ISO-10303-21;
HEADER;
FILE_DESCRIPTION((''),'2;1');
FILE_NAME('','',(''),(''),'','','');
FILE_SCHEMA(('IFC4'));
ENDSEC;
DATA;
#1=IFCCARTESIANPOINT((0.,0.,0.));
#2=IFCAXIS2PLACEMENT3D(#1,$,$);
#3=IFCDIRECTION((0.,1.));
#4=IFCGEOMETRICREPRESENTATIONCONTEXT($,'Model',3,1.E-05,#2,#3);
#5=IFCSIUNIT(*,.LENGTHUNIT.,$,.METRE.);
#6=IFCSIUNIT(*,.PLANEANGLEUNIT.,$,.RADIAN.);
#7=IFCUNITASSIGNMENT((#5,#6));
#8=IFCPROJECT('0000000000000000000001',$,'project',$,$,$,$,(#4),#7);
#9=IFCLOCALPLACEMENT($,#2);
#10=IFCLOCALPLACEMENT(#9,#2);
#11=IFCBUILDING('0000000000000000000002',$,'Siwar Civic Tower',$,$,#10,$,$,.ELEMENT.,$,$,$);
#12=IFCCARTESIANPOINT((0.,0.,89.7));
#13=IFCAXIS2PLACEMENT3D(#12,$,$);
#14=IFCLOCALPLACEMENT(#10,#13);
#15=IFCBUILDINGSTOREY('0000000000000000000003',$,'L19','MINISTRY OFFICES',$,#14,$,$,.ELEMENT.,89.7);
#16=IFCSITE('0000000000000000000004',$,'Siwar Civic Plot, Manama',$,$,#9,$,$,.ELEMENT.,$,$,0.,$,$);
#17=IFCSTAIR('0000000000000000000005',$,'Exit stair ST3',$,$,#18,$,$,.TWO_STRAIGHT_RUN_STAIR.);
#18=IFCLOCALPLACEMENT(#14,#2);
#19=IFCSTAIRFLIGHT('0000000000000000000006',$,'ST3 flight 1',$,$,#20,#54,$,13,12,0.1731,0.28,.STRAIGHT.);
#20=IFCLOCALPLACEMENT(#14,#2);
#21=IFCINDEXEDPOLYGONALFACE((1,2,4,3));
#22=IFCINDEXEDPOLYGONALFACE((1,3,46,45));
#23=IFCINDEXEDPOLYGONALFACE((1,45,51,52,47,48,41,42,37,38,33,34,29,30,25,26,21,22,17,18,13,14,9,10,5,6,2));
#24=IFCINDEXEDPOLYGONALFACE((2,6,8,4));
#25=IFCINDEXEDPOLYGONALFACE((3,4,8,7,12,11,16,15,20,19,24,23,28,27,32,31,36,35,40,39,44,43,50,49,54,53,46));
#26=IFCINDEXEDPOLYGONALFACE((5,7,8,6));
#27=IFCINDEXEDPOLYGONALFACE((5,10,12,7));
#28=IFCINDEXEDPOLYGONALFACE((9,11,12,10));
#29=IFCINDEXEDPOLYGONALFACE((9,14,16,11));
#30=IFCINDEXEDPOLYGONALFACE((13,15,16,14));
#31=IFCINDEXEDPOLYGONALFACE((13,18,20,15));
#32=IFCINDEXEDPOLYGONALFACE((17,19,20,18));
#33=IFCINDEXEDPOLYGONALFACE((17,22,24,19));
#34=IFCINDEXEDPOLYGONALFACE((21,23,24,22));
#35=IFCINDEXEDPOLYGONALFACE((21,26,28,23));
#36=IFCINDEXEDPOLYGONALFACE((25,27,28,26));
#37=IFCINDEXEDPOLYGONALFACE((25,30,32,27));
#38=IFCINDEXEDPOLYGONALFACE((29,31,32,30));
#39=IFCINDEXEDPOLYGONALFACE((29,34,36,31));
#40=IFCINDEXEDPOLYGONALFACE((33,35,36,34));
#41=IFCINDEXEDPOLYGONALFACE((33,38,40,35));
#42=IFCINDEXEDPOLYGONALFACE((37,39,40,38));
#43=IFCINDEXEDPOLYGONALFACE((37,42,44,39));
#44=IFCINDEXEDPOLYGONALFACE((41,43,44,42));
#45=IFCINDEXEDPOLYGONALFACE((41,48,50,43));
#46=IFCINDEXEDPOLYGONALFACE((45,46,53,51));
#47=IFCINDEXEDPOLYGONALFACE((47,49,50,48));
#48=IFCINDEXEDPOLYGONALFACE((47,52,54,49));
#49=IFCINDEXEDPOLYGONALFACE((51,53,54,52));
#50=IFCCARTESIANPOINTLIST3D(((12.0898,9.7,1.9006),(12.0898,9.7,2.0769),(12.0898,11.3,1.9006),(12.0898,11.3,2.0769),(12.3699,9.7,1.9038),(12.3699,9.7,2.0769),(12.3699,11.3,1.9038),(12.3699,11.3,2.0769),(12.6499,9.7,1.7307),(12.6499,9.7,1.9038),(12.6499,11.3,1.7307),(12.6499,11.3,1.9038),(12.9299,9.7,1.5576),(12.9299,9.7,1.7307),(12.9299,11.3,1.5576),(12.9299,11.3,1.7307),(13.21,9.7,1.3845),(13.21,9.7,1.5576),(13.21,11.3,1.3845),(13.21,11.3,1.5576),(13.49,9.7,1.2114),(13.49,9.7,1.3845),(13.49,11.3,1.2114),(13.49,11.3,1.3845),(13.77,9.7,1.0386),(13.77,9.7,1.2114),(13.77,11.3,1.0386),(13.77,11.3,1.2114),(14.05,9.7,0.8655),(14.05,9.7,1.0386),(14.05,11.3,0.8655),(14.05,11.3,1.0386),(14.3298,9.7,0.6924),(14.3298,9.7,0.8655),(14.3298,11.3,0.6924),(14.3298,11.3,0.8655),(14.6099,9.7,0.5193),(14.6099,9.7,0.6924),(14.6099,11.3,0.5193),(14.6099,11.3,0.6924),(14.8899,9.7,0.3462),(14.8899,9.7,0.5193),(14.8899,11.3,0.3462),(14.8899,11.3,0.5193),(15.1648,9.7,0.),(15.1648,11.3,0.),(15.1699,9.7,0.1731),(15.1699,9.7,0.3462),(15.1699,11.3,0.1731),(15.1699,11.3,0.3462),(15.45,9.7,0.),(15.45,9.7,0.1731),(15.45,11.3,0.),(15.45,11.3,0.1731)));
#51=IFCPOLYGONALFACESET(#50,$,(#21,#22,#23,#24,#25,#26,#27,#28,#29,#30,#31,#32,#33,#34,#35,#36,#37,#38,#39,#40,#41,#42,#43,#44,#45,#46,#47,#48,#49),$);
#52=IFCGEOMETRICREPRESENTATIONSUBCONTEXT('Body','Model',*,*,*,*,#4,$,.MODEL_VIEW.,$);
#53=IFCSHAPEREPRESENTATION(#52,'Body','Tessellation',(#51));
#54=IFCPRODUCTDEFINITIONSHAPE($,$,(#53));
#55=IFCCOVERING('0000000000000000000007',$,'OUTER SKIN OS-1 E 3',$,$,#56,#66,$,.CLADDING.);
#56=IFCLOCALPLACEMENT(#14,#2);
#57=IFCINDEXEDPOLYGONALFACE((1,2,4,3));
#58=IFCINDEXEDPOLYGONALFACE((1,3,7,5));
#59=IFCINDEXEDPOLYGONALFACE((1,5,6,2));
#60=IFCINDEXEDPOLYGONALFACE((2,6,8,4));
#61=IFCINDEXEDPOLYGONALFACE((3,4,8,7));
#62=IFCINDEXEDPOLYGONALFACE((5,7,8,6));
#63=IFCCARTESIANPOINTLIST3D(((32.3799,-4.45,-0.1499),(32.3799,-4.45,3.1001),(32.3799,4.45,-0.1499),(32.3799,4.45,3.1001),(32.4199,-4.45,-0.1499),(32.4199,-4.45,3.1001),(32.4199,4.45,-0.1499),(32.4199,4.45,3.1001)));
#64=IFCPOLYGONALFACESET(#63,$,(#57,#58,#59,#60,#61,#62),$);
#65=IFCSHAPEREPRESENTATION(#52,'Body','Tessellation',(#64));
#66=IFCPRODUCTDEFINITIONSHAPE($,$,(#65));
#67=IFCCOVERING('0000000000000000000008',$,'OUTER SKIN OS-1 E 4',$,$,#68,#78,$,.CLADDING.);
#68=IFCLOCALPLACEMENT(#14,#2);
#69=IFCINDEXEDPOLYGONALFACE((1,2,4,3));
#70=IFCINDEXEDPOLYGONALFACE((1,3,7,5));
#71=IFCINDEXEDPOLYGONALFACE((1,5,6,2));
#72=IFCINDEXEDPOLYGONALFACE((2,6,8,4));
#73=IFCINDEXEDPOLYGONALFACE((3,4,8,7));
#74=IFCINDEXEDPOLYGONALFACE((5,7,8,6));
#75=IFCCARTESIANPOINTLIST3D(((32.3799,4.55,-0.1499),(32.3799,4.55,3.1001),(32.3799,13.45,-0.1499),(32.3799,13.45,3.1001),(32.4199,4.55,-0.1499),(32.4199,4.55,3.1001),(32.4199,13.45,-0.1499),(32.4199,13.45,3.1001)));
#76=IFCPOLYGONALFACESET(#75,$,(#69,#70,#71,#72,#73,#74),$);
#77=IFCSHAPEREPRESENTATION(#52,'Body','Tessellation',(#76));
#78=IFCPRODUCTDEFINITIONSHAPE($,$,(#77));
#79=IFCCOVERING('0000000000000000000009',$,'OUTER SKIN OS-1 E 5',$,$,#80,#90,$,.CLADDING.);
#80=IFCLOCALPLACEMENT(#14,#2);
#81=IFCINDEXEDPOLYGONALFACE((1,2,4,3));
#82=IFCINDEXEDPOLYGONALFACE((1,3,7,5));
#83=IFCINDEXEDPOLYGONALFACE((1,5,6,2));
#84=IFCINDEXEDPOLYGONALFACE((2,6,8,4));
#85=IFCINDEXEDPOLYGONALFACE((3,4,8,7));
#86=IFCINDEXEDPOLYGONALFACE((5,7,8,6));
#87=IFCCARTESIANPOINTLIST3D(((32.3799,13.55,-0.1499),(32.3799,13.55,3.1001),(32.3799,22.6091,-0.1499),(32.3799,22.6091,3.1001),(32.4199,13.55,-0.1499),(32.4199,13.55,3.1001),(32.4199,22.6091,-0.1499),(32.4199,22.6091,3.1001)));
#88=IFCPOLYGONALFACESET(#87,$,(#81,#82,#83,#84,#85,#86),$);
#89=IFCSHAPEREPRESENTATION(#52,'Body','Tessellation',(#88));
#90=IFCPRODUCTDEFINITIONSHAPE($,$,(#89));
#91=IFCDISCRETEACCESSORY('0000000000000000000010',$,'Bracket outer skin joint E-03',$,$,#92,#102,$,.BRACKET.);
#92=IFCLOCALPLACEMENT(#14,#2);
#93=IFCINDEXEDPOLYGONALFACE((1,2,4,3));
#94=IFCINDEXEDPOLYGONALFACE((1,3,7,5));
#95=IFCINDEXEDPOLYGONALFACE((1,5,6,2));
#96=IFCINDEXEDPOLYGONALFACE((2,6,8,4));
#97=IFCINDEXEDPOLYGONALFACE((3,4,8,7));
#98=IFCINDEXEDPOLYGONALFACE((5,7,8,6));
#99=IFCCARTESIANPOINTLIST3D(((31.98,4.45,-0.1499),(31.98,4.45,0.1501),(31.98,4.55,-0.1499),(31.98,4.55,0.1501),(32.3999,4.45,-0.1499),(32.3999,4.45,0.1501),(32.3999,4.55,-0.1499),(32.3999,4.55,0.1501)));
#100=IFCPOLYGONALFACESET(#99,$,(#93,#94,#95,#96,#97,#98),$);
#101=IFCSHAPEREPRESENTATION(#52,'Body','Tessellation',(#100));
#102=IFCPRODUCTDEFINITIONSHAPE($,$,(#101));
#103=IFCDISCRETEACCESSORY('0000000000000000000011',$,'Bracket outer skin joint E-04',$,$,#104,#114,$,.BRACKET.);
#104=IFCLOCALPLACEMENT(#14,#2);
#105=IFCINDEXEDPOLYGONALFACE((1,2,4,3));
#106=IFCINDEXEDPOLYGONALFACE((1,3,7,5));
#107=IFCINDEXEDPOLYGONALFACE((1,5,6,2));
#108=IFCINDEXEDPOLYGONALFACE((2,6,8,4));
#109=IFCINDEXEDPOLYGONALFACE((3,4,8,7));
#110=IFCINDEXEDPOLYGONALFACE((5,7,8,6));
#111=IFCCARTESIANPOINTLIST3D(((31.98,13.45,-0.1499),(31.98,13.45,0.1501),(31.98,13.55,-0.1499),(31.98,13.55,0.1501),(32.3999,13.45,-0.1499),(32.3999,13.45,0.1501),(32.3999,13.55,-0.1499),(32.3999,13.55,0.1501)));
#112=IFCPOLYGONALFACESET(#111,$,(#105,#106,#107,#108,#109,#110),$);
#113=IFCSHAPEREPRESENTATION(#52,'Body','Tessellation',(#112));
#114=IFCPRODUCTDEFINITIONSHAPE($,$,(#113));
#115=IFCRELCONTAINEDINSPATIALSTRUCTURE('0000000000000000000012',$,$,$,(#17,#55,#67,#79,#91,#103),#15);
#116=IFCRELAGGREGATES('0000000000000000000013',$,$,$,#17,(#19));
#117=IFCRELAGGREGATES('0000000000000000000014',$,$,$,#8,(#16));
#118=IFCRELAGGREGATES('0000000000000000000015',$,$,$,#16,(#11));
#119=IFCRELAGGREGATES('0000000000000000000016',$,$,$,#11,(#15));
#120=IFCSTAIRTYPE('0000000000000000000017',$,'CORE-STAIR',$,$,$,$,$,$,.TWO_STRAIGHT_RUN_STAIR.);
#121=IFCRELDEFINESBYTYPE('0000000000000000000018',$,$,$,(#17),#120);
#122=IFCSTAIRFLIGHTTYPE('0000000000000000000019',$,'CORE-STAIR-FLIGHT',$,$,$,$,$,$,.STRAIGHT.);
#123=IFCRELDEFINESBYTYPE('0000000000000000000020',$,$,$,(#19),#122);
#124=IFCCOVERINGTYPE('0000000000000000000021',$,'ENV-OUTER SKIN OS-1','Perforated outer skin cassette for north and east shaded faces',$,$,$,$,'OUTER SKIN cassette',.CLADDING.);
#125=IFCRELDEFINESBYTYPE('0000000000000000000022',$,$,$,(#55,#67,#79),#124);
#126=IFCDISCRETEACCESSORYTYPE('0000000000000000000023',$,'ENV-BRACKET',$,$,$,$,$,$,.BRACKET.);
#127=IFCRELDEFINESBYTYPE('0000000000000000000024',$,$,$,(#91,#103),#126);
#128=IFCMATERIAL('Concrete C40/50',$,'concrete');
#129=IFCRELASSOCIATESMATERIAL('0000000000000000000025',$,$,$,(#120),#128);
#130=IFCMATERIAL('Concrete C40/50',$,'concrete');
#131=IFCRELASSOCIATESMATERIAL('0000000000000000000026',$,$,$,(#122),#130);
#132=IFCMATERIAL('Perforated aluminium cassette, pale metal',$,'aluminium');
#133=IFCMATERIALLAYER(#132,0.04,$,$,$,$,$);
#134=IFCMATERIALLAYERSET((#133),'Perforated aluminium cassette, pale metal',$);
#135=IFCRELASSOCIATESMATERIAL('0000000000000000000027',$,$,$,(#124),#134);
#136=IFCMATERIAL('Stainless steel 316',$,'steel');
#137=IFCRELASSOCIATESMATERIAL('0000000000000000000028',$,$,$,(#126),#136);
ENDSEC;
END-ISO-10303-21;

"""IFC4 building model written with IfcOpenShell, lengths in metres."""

from ifc_helpers import new_model, si_unit, direction, frame, origin, origin_2d, place, context, subcontext, project, spatial, polyline, rectangle, outline, extrude, material, layer, layer_set, type_object, element, aggregate, save


model = new_model("IFC4")

# Units and contexts
model_context = context("Model", 3, precision=1e-05, world=origin(), true_north=direction((0.0, 1.0)))
body_context = subcontext(model_context, "Body", "Model", "MODEL_VIEW")
ifc_project = project(units=[si_unit("LENGTHUNIT", "METRE"), si_unit("PLANEANGLEUNIT", "RADIAN")], contexts=[model_context])

# Site, building, storey
site_placement = place(None, origin())
site = spatial("IfcSite", under=ifc_project, at=site_placement, Name="Siwar Civic Plot, Manama", CompositionType="ELEMENT", RefElevation=0.0)
building_placement = place(site_placement, origin())
building = spatial("IfcBuilding", under=site, at=building_placement, Name="Siwar Civic Tower", CompositionType="ELEMENT")
storey_placement = place(building_placement, frame((0.0, 0.0, 89.7)))
storey = spatial("IfcBuildingStorey", under=building, at=storey_placement, Name="L19", Description="MINISTRY OFFICES", CompositionType="ELEMENT", Elevation=89.7)

# Stair, stair flight
ifc_material_1 = material(Name="Concrete C40/50", Category="concrete")
stair_type = type_object("IfcStairType", Name="CORE-STAIR", PredefinedType="TWO_STRAIGHT_RUN_STAIR", material=ifc_material_1)
stair_placement = place(storey_placement, origin())
stair = element("IfcStair", 1, at=stair_placement, inside=storey, type_object=stair_type, Name="Exit stair ST3", PredefinedType="TWO_STRAIGHT_RUN_STAIR")
ifc_material_2 = material(Name="Concrete C40/50", Category="concrete")
stair_flight_type = type_object("IfcStairFlightType", Name="CORE-STAIR-FLIGHT", PredefinedType="STRAIGHT", material=ifc_material_2)
stair_flight_placement = place(storey_placement, frame((15.45, 10.5, 0.0), z_axis=(0.0, 0.0, 1.0), x_axis=(-1.0, 0.0, 0.0)))
stair_flight = element("IfcStairFlight", 2, at=stair_flight_placement, type_object=stair_flight_type, Name="ST3 flight 1", NumberOfRisers=13, NumberOfTreads=12, PredefinedType="STRAIGHT", RiserHeight=0.1731, TreadLength=0.28, context=body_context, shape_type="SweptSolid", body=[
    extrude(outline(polyline([(0.0, 0.0), (0.0, 0.1731), (0.28, 0.1731), (0.28, 0.3462), (0.5601, 0.3462), (0.5601, 0.5193), (0.8401, 0.5193), (0.8401, 0.6924), (1.1201, 0.6924), (1.1201, 0.8655), (1.3999, 0.8655), (1.3999, 1.0386), (1.6799, 1.0386), (1.6799, 1.2114), (1.96, 1.2114), (1.96, 1.3845), (2.24, 1.3845), (2.24, 1.5576), (2.52, 1.5576), (2.52, 1.7307), (2.8, 1.7307), (2.8, 1.9038), (3.0801, 1.9038), (3.0801, 2.0769), (3.3601, 2.0769), (3.3601, 2.25), (3.3601, 1.9006), (0.2852, 0.0), (0.0, 0.0)])), frame((0.0, 0.8, 0.0), z_axis=(0.0, -1.0, 0.0), x_axis=(1.0, 0.0, 0.0)), (0.0, 0.0, 1.0), 1.6001),
])
aggregate(stair, [stair_flight])

# Coverings
ifc_material_3 = material(Name="Perforated aluminium cassette, pale metal", Category="aluminium")
ifc_layer_1 = layer(ifc_material_3, 0.04)
ifc_layer_set_1 = layer_set([ifc_layer_1], Name="Perforated aluminium cassette, pale metal")
covering_type = type_object("IfcCoveringType", Name="ENV-OUTER SKIN OS-1", Description="Perforated outer skin cassette for north and east shaded faces", ElementType="OUTER SKIN cassette", PredefinedType="CLADDING", material=ifc_layer_set_1)
for number, where, z_axis, x_axis, name in (
    (3, (32.3999, 0.0, -0.1499), (0.0, 0.0, 1.0), (0.0, 1.0, 0.0), "OUTER SKIN OS-1 E 3"),
    (4, (32.3999, 9.0, -0.1499), (0.0, 0.0, 1.0), (0.0, 1.0, 0.0), "OUTER SKIN OS-1 E 4"),
):
    element("IfcCovering", number, at=place(storey_placement, frame(where, z_axis=z_axis, x_axis=x_axis)), inside=storey, type_object=covering_type, Name=name, PredefinedType="CLADDING", context=body_context, shape_type="SweptSolid", body=[
        extrude(rectangle(XDim=8.8999, YDim=0.04, at=origin_2d()), origin(), (0.0, 0.0, 1.0), 3.25),
    ])
covering_placement = place(storey_placement, frame((32.3999, 18.0796, -0.1499), z_axis=(0.0, 0.0, 1.0), x_axis=(0.0, 1.0, 0.0)))
element("IfcCovering", 5, at=covering_placement, inside=storey, type_object=covering_type, Name="OUTER SKIN OS-1 E 5", PredefinedType="CLADDING", context=body_context, shape_type="SweptSolid", body=[
    extrude(rectangle(XDim=9.0591, YDim=0.04, at=origin_2d()), origin(), (0.0, 0.0, 1.0), 3.25),
])

# Discrete accessories
ifc_material_4 = material(Name="Stainless steel 316", Category="steel")
discrete_accessory_type = type_object("IfcDiscreteAccessoryType", Name="ENV-BRACKET", PredefinedType="BRACKET", material=ifc_material_4)
for number, where, z_axis, x_axis, name in (
    (6, (32.1899, 4.5, -0.1499), (0.0, 0.0, 1.0), (1.0, 0.0, 0.0), "Bracket outer skin joint E-03"),
    (7, (32.1899, 13.5, -0.1499), (0.0, 0.0, 1.0), (1.0, 0.0, 0.0), "Bracket outer skin joint E-04"),
):
    element("IfcDiscreteAccessory", number, at=place(storey_placement, frame(where, z_axis=z_axis, x_axis=x_axis)), inside=storey, type_object=discrete_accessory_type, Name=name, PredefinedType="BRACKET", context=body_context, shape_type="SweptSolid", body=[
        extrude(rectangle(XDim=0.4199, YDim=0.1001, at=origin_2d()), origin(), (0.0, 0.0, 1.0), 0.3),
    ])

save(model, "model.ifc")
